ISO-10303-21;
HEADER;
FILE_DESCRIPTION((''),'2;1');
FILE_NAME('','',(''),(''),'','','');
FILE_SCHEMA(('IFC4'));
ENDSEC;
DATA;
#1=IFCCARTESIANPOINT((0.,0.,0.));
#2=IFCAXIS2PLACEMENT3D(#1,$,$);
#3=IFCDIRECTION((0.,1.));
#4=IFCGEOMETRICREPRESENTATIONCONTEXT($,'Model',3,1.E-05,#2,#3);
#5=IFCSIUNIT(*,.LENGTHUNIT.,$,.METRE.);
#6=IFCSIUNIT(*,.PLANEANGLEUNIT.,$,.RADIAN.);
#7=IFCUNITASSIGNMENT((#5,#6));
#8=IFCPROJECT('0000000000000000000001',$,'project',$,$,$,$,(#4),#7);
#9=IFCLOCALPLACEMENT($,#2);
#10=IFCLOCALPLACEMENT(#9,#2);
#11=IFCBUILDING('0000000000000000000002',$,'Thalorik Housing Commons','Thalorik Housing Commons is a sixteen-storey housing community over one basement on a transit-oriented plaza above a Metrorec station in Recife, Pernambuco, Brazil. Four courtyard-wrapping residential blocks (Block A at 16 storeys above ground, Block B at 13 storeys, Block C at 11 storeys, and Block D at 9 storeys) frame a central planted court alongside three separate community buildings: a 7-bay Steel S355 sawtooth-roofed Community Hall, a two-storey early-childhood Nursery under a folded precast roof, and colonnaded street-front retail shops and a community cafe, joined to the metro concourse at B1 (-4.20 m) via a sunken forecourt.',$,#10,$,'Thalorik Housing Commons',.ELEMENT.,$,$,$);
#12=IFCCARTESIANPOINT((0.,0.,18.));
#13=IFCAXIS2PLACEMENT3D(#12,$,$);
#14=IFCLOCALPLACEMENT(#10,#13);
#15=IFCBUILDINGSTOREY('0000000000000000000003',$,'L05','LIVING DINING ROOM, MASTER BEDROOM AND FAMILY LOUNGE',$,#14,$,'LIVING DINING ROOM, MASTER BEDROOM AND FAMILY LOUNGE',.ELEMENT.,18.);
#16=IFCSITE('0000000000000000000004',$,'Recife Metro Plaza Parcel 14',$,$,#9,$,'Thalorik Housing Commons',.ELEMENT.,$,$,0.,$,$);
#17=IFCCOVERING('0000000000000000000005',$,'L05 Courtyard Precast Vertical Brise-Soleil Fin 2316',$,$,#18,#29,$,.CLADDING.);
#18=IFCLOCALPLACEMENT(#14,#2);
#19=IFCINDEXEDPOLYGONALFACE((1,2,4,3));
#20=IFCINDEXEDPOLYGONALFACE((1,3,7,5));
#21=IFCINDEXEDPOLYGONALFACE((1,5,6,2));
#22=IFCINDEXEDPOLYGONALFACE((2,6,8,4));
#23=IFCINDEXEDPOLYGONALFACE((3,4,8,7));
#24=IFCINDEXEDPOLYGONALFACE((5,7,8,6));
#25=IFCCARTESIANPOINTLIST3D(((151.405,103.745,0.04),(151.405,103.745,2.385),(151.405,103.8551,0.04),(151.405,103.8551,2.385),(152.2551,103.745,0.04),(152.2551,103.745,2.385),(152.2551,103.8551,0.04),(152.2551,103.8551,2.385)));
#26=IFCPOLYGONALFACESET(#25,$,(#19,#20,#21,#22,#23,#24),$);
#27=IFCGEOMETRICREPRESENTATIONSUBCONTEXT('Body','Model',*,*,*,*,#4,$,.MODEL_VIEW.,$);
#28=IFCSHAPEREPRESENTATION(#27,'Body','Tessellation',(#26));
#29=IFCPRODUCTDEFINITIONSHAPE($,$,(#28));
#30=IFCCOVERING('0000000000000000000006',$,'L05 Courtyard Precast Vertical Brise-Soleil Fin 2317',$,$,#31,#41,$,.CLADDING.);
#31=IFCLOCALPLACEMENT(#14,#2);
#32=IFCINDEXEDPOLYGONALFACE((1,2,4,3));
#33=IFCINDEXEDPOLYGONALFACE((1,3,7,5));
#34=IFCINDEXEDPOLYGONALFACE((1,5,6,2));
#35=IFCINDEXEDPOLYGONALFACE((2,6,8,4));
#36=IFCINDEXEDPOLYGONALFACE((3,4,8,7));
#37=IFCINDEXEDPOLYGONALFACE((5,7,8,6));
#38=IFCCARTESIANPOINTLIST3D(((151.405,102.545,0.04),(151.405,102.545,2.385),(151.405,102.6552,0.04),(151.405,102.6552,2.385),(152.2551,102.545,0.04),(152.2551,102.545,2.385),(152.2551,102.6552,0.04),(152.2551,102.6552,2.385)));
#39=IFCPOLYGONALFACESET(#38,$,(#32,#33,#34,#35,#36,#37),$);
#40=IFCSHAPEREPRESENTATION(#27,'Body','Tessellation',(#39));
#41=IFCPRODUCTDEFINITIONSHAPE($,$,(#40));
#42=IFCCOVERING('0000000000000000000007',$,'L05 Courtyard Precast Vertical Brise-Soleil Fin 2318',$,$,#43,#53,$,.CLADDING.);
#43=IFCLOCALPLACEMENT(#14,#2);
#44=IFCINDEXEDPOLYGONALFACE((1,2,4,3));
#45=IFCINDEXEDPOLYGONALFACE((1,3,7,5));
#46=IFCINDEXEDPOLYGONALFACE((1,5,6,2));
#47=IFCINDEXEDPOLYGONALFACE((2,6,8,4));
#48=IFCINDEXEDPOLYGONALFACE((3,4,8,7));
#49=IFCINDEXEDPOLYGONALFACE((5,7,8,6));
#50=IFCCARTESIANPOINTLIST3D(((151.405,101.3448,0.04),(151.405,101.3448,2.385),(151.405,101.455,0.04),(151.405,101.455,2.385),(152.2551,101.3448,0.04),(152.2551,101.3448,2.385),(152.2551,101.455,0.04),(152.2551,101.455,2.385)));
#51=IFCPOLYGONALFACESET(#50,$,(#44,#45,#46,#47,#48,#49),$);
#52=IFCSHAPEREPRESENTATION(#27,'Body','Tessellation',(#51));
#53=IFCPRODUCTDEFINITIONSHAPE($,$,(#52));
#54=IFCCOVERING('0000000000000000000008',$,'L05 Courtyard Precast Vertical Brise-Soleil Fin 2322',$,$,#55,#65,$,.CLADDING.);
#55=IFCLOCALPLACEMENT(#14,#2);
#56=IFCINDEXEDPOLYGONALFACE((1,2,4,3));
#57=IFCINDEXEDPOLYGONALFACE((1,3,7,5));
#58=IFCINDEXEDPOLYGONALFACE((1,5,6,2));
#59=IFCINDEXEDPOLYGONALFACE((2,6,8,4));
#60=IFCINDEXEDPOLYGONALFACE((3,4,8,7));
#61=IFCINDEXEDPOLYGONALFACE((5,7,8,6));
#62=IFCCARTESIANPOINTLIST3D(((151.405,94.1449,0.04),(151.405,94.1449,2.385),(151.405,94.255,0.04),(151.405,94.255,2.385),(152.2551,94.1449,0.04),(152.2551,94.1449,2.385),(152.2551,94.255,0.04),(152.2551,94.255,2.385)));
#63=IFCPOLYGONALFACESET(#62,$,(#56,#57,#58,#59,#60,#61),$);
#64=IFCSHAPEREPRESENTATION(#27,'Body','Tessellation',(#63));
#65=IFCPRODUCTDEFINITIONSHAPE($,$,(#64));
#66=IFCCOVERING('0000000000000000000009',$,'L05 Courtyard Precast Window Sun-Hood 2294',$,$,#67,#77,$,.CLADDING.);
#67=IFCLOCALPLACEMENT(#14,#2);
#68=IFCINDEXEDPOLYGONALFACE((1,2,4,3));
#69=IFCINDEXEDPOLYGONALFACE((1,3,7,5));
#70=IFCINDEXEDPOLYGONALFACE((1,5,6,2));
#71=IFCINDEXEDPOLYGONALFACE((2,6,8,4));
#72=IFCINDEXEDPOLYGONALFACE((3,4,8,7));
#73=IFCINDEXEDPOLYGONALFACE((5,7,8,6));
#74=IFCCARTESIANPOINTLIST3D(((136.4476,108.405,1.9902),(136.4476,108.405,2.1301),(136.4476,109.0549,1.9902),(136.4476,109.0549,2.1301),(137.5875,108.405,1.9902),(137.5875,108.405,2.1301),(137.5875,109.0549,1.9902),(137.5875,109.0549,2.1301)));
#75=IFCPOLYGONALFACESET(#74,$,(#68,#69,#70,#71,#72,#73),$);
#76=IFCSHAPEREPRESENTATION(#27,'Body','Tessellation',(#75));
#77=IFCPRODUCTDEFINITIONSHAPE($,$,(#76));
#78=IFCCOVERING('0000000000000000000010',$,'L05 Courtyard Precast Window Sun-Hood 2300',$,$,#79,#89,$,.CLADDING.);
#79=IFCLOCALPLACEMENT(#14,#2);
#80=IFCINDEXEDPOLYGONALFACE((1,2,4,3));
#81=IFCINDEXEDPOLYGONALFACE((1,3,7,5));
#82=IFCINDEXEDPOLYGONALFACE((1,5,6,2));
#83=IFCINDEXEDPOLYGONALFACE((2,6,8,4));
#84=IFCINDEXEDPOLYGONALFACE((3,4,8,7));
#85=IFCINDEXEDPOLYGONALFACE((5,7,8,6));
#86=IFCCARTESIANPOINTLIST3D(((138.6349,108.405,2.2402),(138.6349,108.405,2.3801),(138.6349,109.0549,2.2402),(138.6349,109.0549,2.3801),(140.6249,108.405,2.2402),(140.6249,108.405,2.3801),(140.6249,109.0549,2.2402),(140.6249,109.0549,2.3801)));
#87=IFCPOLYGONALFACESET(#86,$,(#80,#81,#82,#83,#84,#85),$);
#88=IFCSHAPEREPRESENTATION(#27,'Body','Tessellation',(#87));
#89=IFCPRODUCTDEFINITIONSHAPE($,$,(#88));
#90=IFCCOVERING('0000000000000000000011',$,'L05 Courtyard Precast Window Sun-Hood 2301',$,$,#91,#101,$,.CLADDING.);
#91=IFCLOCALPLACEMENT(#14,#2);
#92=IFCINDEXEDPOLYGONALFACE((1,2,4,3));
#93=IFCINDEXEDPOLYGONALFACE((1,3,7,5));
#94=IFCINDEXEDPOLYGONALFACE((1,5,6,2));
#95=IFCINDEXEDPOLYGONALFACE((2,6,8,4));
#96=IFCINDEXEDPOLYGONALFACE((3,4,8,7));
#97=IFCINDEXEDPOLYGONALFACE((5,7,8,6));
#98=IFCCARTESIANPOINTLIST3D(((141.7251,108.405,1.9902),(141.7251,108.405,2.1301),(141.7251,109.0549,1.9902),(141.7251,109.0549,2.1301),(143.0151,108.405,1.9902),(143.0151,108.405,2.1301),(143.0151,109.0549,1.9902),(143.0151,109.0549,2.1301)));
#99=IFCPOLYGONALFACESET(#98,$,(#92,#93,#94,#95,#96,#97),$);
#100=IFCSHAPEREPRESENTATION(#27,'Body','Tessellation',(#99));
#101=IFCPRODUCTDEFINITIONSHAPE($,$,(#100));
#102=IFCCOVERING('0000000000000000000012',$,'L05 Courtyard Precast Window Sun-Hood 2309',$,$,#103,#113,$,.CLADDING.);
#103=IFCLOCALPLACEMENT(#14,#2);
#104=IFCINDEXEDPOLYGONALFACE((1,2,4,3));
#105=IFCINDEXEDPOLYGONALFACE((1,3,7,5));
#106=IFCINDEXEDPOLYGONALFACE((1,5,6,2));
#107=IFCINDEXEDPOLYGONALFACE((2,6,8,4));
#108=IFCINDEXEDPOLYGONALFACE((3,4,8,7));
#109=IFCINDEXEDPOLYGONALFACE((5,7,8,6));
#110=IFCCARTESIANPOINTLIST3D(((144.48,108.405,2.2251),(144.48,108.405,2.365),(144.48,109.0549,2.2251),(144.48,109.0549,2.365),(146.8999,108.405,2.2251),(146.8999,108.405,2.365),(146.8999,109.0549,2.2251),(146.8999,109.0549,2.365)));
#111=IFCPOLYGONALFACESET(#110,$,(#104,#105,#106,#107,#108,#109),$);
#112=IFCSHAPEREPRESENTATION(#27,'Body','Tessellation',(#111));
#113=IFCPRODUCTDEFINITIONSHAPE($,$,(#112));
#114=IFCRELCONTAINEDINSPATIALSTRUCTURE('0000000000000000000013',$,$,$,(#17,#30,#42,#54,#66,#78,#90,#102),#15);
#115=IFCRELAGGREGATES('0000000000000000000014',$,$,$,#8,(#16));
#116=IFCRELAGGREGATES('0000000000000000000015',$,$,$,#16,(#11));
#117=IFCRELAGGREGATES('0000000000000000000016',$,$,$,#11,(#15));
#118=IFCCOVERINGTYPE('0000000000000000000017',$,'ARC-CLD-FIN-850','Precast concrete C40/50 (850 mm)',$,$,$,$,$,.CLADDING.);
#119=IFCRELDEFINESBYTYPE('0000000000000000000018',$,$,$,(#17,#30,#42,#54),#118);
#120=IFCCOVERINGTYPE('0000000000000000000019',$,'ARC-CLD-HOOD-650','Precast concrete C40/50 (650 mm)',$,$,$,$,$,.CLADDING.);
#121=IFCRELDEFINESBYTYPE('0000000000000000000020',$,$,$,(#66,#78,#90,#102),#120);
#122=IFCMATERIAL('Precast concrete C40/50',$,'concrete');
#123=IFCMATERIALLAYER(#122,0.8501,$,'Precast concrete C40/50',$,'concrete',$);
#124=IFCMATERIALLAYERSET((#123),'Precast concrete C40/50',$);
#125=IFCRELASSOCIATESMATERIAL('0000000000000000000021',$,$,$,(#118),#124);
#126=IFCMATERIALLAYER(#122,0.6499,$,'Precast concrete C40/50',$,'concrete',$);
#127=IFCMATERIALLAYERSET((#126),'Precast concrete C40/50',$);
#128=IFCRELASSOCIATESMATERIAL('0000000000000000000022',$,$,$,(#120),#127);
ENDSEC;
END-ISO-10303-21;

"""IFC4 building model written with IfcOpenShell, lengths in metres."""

from ifc_helpers import new_model, si_unit, direction, frame, origin, origin_2d, place, context, subcontext, project, spatial, rectangle, extrude, material, layer, layer_set, type_object, element, save


model = new_model("IFC4")

# Units and contexts
model_context = context("Model", 3, precision=1e-05, world=origin(), true_north=direction((0.0, 1.0)))
body_context = subcontext(model_context, "Body", "Model", "MODEL_VIEW")
ifc_project = project(units=[si_unit("LENGTHUNIT", "METRE"), si_unit("PLANEANGLEUNIT", "RADIAN")], contexts=[model_context])

# Site, building, storey
site_placement = place(None, origin())
site = spatial("IfcSite", under=ifc_project, at=site_placement, Name="Recife Metro Plaza Parcel 14", LongName="Thalorik Housing Commons", CompositionType="ELEMENT", RefElevation=0.0)
building_placement = place(site_placement, origin())
building = spatial("IfcBuilding", under=site, at=building_placement, Name="Thalorik Housing Commons", Description="Thalorik Housing Commons is a sixteen-storey housing community over one basement on a transit-oriented plaza above a Metrorec station in Recife, Pernambuco, Brazil. Four courtyard-wrapping residential blocks (Block A at 16 storeys above ground, Block B at 13 storeys, Block C at 11 storeys, and Block D at 9 storeys) frame a central planted court alongside three separate community buildings: a 7-bay Steel S355 sawtooth-roofed Community Hall, a two-storey early-childhood Nursery under a folded precast roof, and colonnaded street-front retail shops and a community cafe, joined to the metro concourse at B1 (-4.20 m) via a sunken forecourt.", LongName="Thalorik Housing Commons", CompositionType="ELEMENT")
storey_placement = place(building_placement, frame((0.0, 0.0, 18.0)))
storey = spatial("IfcBuildingStorey", under=building, at=storey_placement, Name="L05", Description="LIVING DINING ROOM, MASTER BEDROOM AND FAMILY LOUNGE", LongName="LIVING DINING ROOM, MASTER BEDROOM AND FAMILY LOUNGE", CompositionType="ELEMENT", Elevation=18.0)

# Coverings
ifc_material = material(Name="Precast concrete C40/50", Category="concrete")
ifc_layer_1 = layer(ifc_material, 0.8501, Name="Precast concrete C40/50", Category="concrete")
ifc_layer_set_1 = layer_set([ifc_layer_1], Name="Precast concrete C40/50")
covering_type_1 = type_object("IfcCoveringType", Name="ARC-CLD-FIN-850", Description="Precast concrete C40/50 (850 mm)", PredefinedType="CLADDING", material=ifc_layer_set_1)
for number, where, z_axis, x_axis, name in (
    (1, (151.8301, 103.8, 0.04), (0.0, 0.0, 1.0), (0.0, -1.0, 0.0), "L05 Courtyard Precast Vertical Brise-Soleil Fin 2316"),
    (2, (151.8301, 102.6001, 0.04), (0.0, 0.0, 1.0), (0.0, -1.0, 0.0), "L05 Courtyard Precast Vertical Brise-Soleil Fin 2317"),
    (3, (151.8301, 101.3999, 0.04), (0.0, 0.0, 1.0), (0.0, -1.0, 0.0), "L05 Courtyard Precast Vertical Brise-Soleil Fin 2318"),
    (4, (151.8301, 94.2, 0.04), (0.0, 0.0, 1.0), (0.0, -1.0, 0.0), "L05 Courtyard Precast Vertical Brise-Soleil Fin 2322"),
):
    element("IfcCovering", number, at=place(storey_placement, frame(where, z_axis=z_axis, x_axis=x_axis)), inside=storey, type_object=covering_type_1, Name=name, PredefinedType="CLADDING", context=body_context, shape_type="SweptSolid", body=[
        extrude(rectangle(XDim=0.1101, YDim=0.8501, at=origin_2d()), origin(), (0.0, 0.0, 1.0), 2.345),
    ])
ifc_layer_2 = layer(ifc_material, 0.6499, Name="Precast concrete C40/50", Category="concrete")
ifc_layer_set_2 = layer_set([ifc_layer_2], Name="Precast concrete C40/50")
covering_type_2 = type_object("IfcCoveringType", Name="ARC-CLD-HOOD-650", Description="Precast concrete C40/50 (650 mm)", PredefinedType="CLADDING", material=ifc_layer_set_2)
covering_1_placement = place(storey_placement, frame((137.0176, 108.73, 1.9902), z_axis=(0.0, 0.0, 1.0), x_axis=(1.0, 0.0, 0.0)))
element("IfcCovering", 5, at=covering_1_placement, inside=storey, type_object=covering_type_2, Name="L05 Courtyard Precast Window Sun-Hood 2294", PredefinedType="CLADDING", context=body_context, shape_type="SweptSolid", body=[
    extrude(rectangle(XDim=1.1399, YDim=0.6499, at=origin_2d()), origin(), (0.0, 0.0, 1.0), 0.1399),
])
covering_2_placement = place(storey_placement, frame((139.6299, 108.73, 2.2402), z_axis=(0.0, 0.0, 1.0), x_axis=(1.0, 0.0, 0.0)))
element("IfcCovering", 6, at=covering_2_placement, inside=storey, type_object=covering_type_2, Name="L05 Courtyard Precast Window Sun-Hood 2300", PredefinedType="CLADDING", context=body_context, shape_type="SweptSolid", body=[
    extrude(rectangle(XDim=1.99, YDim=0.6499, at=origin_2d()), origin(), (0.0, 0.0, 1.0), 0.1399),
])
covering_3_placement = place(storey_placement, frame((142.3701, 108.73, 1.9902), z_axis=(0.0, 0.0, 1.0), x_axis=(1.0, 0.0, 0.0)))
element("IfcCovering", 7, at=covering_3_placement, inside=storey, type_object=covering_type_2, Name="L05 Courtyard Precast Window Sun-Hood 2301", PredefinedType="CLADDING", context=body_context, shape_type="SweptSolid", body=[
    extrude(rectangle(XDim=1.29, YDim=0.6499, at=origin_2d()), origin(), (0.0, 0.0, 1.0), 0.1399),
])
covering_4_placement = place(storey_placement, frame((145.6899, 108.73, 2.2251), z_axis=(0.0, 0.0, 1.0), x_axis=(1.0, 0.0, 0.0)))
element("IfcCovering", 8, at=covering_4_placement, inside=storey, type_object=covering_type_2, Name="L05 Courtyard Precast Window Sun-Hood 2309", PredefinedType="CLADDING", context=body_context, shape_type="SweptSolid", body=[
    extrude(rectangle(XDim=2.4199, YDim=0.6499, at=origin_2d()), origin(), (0.0, 0.0, 1.0), 0.1399),
])

save(model, "model.ifc")
